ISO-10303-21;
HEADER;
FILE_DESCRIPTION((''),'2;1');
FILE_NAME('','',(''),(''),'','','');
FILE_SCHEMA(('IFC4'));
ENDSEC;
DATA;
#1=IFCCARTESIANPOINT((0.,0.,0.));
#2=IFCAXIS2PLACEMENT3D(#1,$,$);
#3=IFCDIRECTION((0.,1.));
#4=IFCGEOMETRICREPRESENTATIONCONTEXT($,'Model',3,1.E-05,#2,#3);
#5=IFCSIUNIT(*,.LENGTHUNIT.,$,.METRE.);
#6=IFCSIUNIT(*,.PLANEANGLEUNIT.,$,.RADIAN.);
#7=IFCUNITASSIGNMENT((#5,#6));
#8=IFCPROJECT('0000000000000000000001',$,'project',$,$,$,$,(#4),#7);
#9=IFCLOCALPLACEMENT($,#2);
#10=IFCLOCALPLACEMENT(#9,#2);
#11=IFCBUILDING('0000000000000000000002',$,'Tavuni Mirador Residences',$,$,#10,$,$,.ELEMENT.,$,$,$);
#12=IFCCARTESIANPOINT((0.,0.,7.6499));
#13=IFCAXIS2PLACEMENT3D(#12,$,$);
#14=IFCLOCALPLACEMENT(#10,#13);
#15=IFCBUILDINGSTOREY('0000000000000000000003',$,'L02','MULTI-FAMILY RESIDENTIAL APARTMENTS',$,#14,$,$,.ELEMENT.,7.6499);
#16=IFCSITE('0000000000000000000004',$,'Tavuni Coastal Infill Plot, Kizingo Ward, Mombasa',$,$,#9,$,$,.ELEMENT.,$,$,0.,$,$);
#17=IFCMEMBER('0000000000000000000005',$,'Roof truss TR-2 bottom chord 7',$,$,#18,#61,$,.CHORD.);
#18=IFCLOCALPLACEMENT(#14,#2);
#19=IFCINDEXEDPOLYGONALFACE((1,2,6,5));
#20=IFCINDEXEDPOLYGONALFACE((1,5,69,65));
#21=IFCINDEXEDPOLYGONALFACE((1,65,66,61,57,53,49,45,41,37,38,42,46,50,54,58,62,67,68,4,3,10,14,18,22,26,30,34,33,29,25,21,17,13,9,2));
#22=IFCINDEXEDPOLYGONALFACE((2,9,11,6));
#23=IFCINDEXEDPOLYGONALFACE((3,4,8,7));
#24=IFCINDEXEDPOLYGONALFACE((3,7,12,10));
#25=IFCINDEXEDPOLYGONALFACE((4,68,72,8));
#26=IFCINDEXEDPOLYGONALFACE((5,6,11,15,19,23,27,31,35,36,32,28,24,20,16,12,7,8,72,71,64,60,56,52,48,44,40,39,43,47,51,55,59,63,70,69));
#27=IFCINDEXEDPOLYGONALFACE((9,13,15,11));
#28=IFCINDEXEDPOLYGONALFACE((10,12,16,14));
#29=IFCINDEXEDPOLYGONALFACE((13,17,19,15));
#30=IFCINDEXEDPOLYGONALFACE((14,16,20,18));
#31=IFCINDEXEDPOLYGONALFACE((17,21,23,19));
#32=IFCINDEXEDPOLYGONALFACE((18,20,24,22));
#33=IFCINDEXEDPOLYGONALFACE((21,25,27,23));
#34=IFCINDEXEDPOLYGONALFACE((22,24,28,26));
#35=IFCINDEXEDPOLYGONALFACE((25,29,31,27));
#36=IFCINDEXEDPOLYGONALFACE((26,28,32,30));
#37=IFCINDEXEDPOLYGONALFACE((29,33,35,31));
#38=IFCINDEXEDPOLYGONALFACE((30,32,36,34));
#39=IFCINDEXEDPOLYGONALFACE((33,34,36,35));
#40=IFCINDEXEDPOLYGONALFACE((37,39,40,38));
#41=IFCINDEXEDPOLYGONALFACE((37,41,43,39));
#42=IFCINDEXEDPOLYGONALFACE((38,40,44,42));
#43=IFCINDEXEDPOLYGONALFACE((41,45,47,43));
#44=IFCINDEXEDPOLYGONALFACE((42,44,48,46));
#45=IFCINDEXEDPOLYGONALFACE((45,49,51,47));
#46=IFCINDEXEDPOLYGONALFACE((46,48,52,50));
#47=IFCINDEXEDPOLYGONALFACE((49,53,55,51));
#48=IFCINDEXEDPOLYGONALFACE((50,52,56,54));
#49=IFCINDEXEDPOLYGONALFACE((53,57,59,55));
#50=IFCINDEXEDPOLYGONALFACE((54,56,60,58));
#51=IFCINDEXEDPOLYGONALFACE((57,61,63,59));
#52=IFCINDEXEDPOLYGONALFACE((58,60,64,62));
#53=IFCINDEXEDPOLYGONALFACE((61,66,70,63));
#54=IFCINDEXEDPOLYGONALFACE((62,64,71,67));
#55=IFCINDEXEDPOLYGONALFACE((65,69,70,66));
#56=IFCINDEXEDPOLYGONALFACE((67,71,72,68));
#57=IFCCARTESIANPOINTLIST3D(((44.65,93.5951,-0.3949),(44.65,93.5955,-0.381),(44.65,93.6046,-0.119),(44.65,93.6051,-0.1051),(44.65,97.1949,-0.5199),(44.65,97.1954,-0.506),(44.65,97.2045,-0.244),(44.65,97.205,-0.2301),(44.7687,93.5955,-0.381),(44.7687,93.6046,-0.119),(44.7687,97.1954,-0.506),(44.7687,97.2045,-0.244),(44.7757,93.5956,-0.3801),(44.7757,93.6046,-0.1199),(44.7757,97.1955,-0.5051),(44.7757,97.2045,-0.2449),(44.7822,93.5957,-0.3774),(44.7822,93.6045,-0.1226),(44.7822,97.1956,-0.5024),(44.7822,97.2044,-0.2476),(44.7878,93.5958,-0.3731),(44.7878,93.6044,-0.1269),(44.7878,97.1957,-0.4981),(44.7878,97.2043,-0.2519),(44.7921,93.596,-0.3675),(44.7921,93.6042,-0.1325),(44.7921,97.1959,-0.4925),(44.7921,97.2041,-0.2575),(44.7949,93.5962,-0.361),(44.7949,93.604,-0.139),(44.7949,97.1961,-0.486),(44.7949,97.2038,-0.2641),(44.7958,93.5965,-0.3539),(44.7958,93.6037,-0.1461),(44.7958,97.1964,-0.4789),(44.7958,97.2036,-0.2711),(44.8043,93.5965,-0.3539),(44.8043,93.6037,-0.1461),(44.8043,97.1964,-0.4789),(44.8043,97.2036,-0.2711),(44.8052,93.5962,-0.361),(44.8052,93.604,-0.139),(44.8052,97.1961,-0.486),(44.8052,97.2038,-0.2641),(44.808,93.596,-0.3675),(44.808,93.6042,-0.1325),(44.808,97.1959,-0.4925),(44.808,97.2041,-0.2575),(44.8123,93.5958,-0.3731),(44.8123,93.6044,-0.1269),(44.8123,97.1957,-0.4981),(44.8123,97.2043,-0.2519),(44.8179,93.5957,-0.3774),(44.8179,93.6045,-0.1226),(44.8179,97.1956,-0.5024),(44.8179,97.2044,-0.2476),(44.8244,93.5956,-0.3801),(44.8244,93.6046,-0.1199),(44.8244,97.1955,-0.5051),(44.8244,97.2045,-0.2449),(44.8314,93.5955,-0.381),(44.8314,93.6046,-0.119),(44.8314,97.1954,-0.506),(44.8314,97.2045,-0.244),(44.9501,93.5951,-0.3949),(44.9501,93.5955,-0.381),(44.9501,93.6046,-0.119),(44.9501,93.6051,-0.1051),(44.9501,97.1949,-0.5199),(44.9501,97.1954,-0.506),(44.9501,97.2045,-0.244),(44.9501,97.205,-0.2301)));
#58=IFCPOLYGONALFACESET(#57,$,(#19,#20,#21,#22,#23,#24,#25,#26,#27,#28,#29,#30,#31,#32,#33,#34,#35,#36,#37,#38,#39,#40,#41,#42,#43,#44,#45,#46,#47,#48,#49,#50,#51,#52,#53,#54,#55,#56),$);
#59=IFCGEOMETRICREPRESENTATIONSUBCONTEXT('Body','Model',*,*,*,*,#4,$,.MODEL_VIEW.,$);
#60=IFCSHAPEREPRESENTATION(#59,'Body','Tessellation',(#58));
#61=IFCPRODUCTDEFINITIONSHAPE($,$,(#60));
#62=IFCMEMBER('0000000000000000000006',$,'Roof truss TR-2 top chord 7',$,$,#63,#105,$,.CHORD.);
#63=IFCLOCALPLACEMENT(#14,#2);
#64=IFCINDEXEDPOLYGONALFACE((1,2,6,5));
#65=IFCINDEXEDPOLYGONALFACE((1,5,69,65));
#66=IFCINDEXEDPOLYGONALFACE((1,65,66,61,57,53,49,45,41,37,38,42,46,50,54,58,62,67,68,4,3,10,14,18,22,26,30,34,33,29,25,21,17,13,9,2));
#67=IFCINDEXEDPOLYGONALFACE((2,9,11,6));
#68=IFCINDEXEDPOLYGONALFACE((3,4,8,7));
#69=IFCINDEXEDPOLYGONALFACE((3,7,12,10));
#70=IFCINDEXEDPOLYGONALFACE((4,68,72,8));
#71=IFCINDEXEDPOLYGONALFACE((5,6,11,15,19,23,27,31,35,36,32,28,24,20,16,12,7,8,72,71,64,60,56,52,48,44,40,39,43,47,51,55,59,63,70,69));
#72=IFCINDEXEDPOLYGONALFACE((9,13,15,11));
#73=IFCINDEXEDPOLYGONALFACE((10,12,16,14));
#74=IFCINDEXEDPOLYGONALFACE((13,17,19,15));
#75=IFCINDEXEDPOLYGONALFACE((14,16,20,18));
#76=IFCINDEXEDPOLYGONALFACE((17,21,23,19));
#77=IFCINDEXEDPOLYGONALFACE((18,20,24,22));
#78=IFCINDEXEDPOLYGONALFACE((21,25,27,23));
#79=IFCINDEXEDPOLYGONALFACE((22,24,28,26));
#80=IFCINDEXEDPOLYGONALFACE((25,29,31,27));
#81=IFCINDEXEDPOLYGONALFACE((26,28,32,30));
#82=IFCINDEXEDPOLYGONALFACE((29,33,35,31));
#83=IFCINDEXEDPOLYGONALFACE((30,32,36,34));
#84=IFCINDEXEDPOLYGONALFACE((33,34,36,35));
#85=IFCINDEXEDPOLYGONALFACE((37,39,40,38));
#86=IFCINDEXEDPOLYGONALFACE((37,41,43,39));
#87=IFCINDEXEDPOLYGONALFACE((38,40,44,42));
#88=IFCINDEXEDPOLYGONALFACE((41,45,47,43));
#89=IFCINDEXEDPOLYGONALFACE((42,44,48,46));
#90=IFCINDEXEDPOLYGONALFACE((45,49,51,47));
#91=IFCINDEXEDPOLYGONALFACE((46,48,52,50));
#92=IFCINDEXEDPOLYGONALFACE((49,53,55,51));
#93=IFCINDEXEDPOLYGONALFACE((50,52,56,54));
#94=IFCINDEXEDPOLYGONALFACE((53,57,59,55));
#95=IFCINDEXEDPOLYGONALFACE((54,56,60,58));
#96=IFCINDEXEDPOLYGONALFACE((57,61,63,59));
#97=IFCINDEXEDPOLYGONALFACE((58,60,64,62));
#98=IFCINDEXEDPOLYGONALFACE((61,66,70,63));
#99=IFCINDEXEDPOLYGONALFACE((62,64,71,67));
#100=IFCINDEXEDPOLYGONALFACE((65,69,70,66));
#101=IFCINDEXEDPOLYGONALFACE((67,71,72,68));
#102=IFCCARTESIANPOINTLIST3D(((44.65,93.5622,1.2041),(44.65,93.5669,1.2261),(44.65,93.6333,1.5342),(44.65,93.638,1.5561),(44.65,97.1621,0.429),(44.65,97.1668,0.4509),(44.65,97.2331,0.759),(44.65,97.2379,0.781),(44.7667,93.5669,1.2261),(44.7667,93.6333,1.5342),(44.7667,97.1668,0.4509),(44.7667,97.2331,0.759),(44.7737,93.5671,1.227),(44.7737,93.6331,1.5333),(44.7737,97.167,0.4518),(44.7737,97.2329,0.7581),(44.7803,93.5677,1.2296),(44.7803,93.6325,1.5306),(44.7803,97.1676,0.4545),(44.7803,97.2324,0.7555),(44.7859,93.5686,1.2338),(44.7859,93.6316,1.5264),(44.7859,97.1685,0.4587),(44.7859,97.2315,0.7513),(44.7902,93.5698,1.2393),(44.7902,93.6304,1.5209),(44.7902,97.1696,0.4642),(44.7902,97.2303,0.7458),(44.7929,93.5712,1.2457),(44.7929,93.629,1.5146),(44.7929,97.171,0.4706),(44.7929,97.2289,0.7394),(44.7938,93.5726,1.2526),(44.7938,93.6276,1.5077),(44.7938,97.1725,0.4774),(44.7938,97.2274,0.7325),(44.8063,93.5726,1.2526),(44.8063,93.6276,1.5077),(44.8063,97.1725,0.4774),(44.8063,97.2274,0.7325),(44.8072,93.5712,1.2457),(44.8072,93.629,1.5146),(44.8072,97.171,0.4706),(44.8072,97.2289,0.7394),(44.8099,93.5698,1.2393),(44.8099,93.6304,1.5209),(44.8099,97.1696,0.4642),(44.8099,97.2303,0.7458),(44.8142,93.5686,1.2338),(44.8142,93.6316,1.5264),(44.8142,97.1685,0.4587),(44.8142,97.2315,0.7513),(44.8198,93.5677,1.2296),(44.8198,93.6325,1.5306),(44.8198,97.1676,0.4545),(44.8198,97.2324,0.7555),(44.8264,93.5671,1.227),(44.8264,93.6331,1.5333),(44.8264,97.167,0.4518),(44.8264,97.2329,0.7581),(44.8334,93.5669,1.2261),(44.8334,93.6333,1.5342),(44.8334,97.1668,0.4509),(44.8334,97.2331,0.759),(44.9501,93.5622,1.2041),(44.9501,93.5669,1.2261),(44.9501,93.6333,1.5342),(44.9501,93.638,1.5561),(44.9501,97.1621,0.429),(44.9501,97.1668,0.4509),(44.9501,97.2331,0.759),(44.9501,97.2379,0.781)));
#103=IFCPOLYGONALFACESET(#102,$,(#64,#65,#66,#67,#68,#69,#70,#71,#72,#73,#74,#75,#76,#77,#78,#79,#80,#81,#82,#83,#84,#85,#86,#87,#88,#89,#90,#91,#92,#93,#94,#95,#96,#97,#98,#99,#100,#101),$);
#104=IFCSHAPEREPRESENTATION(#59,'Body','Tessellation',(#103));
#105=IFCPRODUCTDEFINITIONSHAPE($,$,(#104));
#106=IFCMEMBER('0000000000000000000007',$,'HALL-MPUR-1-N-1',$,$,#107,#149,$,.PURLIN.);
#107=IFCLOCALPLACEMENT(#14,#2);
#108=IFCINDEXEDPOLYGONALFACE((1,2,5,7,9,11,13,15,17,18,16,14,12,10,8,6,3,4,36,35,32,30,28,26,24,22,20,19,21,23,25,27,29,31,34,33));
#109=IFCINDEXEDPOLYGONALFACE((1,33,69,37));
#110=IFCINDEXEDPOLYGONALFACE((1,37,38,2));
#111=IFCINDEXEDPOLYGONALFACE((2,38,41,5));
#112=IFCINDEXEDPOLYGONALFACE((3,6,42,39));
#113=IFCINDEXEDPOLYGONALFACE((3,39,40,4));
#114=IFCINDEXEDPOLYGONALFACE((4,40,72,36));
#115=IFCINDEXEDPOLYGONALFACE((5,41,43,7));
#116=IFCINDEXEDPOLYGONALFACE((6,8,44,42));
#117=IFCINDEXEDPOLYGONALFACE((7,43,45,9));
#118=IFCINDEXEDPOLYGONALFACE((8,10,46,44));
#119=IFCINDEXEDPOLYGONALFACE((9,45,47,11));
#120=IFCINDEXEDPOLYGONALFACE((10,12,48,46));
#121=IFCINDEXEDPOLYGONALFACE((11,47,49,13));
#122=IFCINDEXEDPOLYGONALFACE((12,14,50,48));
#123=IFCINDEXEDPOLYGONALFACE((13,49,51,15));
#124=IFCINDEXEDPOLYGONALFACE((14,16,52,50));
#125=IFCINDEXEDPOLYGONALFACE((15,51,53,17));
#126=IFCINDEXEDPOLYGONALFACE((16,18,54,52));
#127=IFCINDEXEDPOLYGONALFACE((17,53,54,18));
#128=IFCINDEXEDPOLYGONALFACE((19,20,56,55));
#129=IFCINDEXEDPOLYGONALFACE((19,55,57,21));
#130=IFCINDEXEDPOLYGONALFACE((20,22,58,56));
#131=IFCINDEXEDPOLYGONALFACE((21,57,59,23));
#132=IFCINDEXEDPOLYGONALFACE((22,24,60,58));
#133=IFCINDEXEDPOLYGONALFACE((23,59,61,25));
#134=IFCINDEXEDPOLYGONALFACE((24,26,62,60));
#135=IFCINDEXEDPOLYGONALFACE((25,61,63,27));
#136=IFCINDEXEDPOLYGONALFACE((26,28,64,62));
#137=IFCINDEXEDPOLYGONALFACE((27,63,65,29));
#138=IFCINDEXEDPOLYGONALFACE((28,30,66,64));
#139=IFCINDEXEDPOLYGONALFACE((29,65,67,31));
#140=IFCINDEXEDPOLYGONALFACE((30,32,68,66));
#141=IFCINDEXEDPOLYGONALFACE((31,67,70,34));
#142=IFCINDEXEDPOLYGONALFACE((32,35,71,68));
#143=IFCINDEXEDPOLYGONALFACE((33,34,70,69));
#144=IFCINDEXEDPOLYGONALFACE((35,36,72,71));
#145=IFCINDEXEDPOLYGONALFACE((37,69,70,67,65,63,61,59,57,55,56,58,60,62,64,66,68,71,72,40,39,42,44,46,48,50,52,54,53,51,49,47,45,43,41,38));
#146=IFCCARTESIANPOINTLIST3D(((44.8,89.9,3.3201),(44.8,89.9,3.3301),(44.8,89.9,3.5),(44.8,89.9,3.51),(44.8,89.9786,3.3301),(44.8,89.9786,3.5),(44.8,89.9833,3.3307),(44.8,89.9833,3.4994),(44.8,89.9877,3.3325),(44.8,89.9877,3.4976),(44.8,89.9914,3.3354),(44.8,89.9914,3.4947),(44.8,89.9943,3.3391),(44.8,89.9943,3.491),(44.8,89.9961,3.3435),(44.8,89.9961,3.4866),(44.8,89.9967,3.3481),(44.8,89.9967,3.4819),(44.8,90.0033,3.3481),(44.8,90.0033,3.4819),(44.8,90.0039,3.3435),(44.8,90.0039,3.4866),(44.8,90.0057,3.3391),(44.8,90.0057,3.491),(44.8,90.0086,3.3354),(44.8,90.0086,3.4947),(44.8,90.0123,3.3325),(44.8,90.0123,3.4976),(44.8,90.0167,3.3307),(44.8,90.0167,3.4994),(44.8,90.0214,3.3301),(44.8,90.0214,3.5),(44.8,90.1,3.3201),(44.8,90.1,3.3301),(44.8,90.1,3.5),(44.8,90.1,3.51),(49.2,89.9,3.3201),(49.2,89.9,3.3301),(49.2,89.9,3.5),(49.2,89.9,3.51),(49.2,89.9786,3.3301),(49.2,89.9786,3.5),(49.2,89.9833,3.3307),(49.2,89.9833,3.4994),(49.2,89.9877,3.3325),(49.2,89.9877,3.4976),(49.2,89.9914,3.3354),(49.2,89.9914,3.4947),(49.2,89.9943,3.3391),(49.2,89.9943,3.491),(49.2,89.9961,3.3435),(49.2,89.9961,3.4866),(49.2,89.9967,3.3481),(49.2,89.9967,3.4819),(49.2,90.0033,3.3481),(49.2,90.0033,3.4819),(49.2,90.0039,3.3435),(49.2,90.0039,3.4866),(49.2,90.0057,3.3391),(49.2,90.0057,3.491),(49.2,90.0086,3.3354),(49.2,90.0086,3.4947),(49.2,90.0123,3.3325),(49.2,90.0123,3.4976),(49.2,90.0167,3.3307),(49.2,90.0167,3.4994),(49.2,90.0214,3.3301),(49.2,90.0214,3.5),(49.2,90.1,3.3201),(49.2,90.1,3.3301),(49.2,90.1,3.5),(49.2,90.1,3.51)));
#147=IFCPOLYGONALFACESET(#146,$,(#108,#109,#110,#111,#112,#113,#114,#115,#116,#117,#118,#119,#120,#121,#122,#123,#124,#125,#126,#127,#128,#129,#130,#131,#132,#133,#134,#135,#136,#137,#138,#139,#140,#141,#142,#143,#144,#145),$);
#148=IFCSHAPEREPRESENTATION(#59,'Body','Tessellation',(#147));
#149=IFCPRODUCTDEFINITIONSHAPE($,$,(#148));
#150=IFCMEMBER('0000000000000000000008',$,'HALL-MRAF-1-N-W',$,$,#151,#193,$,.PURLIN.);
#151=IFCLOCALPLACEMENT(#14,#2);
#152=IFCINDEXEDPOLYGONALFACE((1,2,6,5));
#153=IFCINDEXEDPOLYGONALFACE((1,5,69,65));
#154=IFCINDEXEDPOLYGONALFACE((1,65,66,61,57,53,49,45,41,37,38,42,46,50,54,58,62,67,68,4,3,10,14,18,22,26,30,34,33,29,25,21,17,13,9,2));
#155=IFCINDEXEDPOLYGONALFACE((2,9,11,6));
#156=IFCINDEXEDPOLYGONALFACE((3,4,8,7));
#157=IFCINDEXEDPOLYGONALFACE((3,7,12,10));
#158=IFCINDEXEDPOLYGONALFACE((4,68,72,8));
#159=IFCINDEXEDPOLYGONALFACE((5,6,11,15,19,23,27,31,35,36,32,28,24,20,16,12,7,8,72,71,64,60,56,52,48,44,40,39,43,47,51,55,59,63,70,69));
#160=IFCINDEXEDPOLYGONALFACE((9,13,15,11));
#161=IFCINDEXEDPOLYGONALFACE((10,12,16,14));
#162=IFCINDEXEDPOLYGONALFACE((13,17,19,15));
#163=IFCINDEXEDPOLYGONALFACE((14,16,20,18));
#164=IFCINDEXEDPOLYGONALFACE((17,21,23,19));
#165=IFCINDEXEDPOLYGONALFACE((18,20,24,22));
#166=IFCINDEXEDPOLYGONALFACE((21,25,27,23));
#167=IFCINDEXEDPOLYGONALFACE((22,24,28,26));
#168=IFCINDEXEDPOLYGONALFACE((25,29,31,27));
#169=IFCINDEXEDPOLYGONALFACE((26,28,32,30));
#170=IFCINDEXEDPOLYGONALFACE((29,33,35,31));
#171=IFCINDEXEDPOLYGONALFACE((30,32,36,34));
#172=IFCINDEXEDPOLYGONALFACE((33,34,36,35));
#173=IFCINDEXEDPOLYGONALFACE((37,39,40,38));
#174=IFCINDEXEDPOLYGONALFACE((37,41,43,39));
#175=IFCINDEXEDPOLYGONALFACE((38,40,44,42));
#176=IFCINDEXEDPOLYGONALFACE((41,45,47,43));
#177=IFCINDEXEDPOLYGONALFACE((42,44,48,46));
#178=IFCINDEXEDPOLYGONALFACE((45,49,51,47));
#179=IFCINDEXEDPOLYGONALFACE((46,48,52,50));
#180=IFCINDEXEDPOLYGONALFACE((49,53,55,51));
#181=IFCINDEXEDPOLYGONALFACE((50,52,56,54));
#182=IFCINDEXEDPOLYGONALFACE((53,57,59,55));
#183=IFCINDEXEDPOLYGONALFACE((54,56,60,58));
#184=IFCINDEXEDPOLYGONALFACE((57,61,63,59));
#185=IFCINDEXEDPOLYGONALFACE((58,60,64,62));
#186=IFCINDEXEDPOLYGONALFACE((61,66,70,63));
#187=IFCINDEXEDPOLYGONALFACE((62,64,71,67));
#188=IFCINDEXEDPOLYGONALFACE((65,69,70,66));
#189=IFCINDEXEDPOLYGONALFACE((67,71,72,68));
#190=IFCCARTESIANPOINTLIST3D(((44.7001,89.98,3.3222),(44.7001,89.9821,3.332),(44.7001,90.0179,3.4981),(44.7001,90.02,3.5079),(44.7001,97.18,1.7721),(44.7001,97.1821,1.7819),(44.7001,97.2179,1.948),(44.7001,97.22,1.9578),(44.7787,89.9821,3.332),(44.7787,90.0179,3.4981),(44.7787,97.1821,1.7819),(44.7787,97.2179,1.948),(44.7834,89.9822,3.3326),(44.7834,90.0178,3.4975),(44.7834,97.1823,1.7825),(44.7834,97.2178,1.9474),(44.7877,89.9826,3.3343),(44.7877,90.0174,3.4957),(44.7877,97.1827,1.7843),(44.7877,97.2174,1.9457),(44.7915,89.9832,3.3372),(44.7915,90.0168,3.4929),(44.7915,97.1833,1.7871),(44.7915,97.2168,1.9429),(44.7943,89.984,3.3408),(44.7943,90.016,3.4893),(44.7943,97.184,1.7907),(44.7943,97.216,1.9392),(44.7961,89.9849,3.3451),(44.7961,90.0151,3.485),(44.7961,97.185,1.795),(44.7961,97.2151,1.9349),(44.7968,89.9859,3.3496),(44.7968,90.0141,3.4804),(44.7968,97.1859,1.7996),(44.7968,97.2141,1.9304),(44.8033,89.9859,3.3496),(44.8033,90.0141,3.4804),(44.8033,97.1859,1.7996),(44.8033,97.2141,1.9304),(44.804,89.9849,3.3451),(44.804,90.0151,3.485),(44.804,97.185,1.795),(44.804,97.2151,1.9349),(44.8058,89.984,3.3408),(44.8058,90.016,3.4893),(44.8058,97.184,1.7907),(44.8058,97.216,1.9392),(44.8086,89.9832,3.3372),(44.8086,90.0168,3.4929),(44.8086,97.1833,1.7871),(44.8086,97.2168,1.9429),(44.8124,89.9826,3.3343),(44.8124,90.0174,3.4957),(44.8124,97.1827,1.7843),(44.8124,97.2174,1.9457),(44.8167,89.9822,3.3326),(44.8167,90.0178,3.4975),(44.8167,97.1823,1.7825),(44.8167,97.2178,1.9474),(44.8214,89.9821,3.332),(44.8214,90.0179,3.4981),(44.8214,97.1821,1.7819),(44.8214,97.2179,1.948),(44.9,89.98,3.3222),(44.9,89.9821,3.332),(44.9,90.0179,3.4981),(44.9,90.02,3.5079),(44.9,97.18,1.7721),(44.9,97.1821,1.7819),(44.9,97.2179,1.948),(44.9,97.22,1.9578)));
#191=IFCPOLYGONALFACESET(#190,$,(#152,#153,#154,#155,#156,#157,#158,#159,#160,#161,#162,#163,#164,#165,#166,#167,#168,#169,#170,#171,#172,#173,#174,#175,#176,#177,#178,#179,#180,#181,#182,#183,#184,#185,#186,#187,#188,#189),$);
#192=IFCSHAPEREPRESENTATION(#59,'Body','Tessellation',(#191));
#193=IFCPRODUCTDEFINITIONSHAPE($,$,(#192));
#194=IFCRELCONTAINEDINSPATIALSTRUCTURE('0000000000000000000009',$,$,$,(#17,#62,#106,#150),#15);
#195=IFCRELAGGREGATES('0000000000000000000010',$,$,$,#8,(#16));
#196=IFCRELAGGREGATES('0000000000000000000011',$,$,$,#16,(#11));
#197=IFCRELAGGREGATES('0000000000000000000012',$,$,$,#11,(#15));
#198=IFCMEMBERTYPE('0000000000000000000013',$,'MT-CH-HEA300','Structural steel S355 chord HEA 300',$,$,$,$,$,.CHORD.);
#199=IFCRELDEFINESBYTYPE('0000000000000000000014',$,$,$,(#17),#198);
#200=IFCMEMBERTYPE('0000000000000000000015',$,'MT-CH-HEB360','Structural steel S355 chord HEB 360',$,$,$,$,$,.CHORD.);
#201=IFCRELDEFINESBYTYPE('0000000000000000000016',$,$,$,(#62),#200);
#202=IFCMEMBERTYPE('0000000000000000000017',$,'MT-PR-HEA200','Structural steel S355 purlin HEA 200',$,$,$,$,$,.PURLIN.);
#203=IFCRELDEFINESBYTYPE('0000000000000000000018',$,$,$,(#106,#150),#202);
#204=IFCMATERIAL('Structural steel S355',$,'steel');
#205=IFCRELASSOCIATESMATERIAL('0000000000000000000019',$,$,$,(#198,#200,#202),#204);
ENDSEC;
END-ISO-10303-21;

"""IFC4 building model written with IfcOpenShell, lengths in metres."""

from ifc_helpers import new_model, si_unit, direction, frame, origin, origin_2d, place, context, subcontext, project, spatial, i_section, extrude, material, material_profile, profile_set, type_object, element, save


model = new_model("IFC4")

# Units and contexts
model_context = context("Model", 3, precision=1e-05, world=origin(), true_north=direction((0.0, 1.0)))
body_context = subcontext(model_context, "Body", "Model", "MODEL_VIEW")
ifc_project = project(units=[si_unit("LENGTHUNIT", "METRE"), si_unit("PLANEANGLEUNIT", "RADIAN")], contexts=[model_context])

# Site, building, storey
site_placement = place(None, origin())
site = spatial("IfcSite", under=ifc_project, at=site_placement, Name="Tavuni Coastal Infill Plot, Kizingo Ward, Mombasa", CompositionType="ELEMENT", RefElevation=0.0)
building_placement = place(site_placement, origin())
building = spatial("IfcBuilding", under=site, at=building_placement, Name="Tavuni Mirador Residences", CompositionType="ELEMENT")
storey_placement = place(building_placement, frame((0.0, 0.0, 7.6499)))
storey = spatial("IfcBuildingStorey", under=building, at=storey_placement, Name="L02", Description="MULTI-FAMILY RESIDENTIAL APARTMENTS", CompositionType="ELEMENT", Elevation=7.6499)

# Members
ifc_material_1 = material(Name="Structural steel S355", Category="steel")
ifc_material_profile_1 = material_profile(ifc_material_1, i_section(OverallWidth=0.3, OverallDepth=0.29, WebThickness=0.0085, FlangeThickness=0.0139, FilletRadius=0.0271, at=origin_2d()), Name="HEA 300", Category="steel")
ifc_profile_set_1 = profile_set([ifc_material_profile_1], Name="Structural steel S355")
member_type_1 = type_object("IfcMemberType", Name="MT-CH-HEA300", Description="Structural steel S355 chord HEA 300", PredefinedType="CHORD", material=ifc_profile_set_1)
member_1_placement = place(storey_placement, frame((44.8, 93.6001, -0.25), z_axis=(0.0, 0.999398, -0.034703), x_axis=(-1.0, 0.0, 0.0)))
element("IfcMember", 1, at=member_1_placement, inside=storey, type_object=member_type_1, Name="Roof truss TR-2 bottom chord 7", PredefinedType="CHORD", context=body_context, shape_type="SweptSolid", body=[
    extrude(i_section(OverallWidth=0.3, OverallDepth=0.29, WebThickness=0.0085, FlangeThickness=0.0139, FilletRadius=0.0271, at=origin_2d()), origin(), (0.0, 0.0, 1.0), 3.6021),
])
ifc_material_profile_2 = material_profile(ifc_material_1, i_section(OverallWidth=0.3, OverallDepth=0.3601, WebThickness=0.0125, FlangeThickness=0.0225, FilletRadius=0.0271, at=origin_2d()), Name="HEB 360", Category="steel")
ifc_profile_set_2 = profile_set([ifc_material_profile_2], Name="Structural steel S355")
member_type_2 = type_object("IfcMemberType", Name="MT-CH-HEB360", Description="Structural steel S355 chord HEB 360", PredefinedType="CHORD", material=ifc_profile_set_2)
member_2_placement = place(storey_placement, frame((44.8, 93.6001, 1.3801), z_axis=(0.0, 0.977593, -0.210502), x_axis=(-1.0, 0.0, 0.0)))
element("IfcMember", 2, at=member_2_placement, inside=storey, type_object=member_type_2, Name="Roof truss TR-2 top chord 7", PredefinedType="CHORD", context=body_context, shape_type="SweptSolid", body=[
    extrude(i_section(OverallWidth=0.3, OverallDepth=0.3601, WebThickness=0.0125, FlangeThickness=0.0225, FilletRadius=0.0271, at=origin_2d()), origin(), (0.0, 0.0, 1.0), 3.6824),
])
ifc_material_profile_3 = material_profile(ifc_material_1, i_section(OverallWidth=0.2, OverallDepth=0.1899, WebThickness=0.0066, FlangeThickness=0.01, FilletRadius=0.0181, at=origin_2d()), Name="HEA 200", Category="steel")
ifc_profile_set_3 = profile_set([ifc_material_profile_3], Name="Structural steel S355")
member_type_3 = type_object("IfcMemberType", Name="MT-PR-HEA200", Description="Structural steel S355 purlin HEA 200", PredefinedType="PURLIN", material=ifc_profile_set_3)
member_3_placement = place(storey_placement, frame((44.8, 90.0, 3.415), z_axis=(1.0, 0.0, 0.0), x_axis=(0.0, 1.0, 0.0)))
element("IfcMember", 3, at=member_3_placement, inside=storey, type_object=member_type_3, Name="HALL-MPUR-1-N-1", PredefinedType="PURLIN", context=body_context, shape_type="SweptSolid", body=[
    extrude(i_section(OverallWidth=0.2, OverallDepth=0.1899, WebThickness=0.0066, FlangeThickness=0.01, FilletRadius=0.0181, at=origin_2d()), origin(), (0.0, 0.0, 1.0), 4.3999),
])
member_4_placement = place(storey_placement, frame((44.8, 90.0, 3.415), z_axis=(0.0, 0.977602, -0.210464), x_axis=(-1.0, 0.0, 0.0)))
element("IfcMember", 4, at=member_4_placement, inside=storey, type_object=member_type_3, Name="HALL-MRAF-1-N-W", PredefinedType="PURLIN", context=body_context, shape_type="SweptSolid", body=[
    extrude(i_section(OverallWidth=0.2, OverallDepth=0.1899, WebThickness=0.0066, FlangeThickness=0.01, FilletRadius=0.0181, at=origin_2d()), origin(), (0.0, 0.0, 1.0), 7.365),
])

save(model, "model.ifc")
